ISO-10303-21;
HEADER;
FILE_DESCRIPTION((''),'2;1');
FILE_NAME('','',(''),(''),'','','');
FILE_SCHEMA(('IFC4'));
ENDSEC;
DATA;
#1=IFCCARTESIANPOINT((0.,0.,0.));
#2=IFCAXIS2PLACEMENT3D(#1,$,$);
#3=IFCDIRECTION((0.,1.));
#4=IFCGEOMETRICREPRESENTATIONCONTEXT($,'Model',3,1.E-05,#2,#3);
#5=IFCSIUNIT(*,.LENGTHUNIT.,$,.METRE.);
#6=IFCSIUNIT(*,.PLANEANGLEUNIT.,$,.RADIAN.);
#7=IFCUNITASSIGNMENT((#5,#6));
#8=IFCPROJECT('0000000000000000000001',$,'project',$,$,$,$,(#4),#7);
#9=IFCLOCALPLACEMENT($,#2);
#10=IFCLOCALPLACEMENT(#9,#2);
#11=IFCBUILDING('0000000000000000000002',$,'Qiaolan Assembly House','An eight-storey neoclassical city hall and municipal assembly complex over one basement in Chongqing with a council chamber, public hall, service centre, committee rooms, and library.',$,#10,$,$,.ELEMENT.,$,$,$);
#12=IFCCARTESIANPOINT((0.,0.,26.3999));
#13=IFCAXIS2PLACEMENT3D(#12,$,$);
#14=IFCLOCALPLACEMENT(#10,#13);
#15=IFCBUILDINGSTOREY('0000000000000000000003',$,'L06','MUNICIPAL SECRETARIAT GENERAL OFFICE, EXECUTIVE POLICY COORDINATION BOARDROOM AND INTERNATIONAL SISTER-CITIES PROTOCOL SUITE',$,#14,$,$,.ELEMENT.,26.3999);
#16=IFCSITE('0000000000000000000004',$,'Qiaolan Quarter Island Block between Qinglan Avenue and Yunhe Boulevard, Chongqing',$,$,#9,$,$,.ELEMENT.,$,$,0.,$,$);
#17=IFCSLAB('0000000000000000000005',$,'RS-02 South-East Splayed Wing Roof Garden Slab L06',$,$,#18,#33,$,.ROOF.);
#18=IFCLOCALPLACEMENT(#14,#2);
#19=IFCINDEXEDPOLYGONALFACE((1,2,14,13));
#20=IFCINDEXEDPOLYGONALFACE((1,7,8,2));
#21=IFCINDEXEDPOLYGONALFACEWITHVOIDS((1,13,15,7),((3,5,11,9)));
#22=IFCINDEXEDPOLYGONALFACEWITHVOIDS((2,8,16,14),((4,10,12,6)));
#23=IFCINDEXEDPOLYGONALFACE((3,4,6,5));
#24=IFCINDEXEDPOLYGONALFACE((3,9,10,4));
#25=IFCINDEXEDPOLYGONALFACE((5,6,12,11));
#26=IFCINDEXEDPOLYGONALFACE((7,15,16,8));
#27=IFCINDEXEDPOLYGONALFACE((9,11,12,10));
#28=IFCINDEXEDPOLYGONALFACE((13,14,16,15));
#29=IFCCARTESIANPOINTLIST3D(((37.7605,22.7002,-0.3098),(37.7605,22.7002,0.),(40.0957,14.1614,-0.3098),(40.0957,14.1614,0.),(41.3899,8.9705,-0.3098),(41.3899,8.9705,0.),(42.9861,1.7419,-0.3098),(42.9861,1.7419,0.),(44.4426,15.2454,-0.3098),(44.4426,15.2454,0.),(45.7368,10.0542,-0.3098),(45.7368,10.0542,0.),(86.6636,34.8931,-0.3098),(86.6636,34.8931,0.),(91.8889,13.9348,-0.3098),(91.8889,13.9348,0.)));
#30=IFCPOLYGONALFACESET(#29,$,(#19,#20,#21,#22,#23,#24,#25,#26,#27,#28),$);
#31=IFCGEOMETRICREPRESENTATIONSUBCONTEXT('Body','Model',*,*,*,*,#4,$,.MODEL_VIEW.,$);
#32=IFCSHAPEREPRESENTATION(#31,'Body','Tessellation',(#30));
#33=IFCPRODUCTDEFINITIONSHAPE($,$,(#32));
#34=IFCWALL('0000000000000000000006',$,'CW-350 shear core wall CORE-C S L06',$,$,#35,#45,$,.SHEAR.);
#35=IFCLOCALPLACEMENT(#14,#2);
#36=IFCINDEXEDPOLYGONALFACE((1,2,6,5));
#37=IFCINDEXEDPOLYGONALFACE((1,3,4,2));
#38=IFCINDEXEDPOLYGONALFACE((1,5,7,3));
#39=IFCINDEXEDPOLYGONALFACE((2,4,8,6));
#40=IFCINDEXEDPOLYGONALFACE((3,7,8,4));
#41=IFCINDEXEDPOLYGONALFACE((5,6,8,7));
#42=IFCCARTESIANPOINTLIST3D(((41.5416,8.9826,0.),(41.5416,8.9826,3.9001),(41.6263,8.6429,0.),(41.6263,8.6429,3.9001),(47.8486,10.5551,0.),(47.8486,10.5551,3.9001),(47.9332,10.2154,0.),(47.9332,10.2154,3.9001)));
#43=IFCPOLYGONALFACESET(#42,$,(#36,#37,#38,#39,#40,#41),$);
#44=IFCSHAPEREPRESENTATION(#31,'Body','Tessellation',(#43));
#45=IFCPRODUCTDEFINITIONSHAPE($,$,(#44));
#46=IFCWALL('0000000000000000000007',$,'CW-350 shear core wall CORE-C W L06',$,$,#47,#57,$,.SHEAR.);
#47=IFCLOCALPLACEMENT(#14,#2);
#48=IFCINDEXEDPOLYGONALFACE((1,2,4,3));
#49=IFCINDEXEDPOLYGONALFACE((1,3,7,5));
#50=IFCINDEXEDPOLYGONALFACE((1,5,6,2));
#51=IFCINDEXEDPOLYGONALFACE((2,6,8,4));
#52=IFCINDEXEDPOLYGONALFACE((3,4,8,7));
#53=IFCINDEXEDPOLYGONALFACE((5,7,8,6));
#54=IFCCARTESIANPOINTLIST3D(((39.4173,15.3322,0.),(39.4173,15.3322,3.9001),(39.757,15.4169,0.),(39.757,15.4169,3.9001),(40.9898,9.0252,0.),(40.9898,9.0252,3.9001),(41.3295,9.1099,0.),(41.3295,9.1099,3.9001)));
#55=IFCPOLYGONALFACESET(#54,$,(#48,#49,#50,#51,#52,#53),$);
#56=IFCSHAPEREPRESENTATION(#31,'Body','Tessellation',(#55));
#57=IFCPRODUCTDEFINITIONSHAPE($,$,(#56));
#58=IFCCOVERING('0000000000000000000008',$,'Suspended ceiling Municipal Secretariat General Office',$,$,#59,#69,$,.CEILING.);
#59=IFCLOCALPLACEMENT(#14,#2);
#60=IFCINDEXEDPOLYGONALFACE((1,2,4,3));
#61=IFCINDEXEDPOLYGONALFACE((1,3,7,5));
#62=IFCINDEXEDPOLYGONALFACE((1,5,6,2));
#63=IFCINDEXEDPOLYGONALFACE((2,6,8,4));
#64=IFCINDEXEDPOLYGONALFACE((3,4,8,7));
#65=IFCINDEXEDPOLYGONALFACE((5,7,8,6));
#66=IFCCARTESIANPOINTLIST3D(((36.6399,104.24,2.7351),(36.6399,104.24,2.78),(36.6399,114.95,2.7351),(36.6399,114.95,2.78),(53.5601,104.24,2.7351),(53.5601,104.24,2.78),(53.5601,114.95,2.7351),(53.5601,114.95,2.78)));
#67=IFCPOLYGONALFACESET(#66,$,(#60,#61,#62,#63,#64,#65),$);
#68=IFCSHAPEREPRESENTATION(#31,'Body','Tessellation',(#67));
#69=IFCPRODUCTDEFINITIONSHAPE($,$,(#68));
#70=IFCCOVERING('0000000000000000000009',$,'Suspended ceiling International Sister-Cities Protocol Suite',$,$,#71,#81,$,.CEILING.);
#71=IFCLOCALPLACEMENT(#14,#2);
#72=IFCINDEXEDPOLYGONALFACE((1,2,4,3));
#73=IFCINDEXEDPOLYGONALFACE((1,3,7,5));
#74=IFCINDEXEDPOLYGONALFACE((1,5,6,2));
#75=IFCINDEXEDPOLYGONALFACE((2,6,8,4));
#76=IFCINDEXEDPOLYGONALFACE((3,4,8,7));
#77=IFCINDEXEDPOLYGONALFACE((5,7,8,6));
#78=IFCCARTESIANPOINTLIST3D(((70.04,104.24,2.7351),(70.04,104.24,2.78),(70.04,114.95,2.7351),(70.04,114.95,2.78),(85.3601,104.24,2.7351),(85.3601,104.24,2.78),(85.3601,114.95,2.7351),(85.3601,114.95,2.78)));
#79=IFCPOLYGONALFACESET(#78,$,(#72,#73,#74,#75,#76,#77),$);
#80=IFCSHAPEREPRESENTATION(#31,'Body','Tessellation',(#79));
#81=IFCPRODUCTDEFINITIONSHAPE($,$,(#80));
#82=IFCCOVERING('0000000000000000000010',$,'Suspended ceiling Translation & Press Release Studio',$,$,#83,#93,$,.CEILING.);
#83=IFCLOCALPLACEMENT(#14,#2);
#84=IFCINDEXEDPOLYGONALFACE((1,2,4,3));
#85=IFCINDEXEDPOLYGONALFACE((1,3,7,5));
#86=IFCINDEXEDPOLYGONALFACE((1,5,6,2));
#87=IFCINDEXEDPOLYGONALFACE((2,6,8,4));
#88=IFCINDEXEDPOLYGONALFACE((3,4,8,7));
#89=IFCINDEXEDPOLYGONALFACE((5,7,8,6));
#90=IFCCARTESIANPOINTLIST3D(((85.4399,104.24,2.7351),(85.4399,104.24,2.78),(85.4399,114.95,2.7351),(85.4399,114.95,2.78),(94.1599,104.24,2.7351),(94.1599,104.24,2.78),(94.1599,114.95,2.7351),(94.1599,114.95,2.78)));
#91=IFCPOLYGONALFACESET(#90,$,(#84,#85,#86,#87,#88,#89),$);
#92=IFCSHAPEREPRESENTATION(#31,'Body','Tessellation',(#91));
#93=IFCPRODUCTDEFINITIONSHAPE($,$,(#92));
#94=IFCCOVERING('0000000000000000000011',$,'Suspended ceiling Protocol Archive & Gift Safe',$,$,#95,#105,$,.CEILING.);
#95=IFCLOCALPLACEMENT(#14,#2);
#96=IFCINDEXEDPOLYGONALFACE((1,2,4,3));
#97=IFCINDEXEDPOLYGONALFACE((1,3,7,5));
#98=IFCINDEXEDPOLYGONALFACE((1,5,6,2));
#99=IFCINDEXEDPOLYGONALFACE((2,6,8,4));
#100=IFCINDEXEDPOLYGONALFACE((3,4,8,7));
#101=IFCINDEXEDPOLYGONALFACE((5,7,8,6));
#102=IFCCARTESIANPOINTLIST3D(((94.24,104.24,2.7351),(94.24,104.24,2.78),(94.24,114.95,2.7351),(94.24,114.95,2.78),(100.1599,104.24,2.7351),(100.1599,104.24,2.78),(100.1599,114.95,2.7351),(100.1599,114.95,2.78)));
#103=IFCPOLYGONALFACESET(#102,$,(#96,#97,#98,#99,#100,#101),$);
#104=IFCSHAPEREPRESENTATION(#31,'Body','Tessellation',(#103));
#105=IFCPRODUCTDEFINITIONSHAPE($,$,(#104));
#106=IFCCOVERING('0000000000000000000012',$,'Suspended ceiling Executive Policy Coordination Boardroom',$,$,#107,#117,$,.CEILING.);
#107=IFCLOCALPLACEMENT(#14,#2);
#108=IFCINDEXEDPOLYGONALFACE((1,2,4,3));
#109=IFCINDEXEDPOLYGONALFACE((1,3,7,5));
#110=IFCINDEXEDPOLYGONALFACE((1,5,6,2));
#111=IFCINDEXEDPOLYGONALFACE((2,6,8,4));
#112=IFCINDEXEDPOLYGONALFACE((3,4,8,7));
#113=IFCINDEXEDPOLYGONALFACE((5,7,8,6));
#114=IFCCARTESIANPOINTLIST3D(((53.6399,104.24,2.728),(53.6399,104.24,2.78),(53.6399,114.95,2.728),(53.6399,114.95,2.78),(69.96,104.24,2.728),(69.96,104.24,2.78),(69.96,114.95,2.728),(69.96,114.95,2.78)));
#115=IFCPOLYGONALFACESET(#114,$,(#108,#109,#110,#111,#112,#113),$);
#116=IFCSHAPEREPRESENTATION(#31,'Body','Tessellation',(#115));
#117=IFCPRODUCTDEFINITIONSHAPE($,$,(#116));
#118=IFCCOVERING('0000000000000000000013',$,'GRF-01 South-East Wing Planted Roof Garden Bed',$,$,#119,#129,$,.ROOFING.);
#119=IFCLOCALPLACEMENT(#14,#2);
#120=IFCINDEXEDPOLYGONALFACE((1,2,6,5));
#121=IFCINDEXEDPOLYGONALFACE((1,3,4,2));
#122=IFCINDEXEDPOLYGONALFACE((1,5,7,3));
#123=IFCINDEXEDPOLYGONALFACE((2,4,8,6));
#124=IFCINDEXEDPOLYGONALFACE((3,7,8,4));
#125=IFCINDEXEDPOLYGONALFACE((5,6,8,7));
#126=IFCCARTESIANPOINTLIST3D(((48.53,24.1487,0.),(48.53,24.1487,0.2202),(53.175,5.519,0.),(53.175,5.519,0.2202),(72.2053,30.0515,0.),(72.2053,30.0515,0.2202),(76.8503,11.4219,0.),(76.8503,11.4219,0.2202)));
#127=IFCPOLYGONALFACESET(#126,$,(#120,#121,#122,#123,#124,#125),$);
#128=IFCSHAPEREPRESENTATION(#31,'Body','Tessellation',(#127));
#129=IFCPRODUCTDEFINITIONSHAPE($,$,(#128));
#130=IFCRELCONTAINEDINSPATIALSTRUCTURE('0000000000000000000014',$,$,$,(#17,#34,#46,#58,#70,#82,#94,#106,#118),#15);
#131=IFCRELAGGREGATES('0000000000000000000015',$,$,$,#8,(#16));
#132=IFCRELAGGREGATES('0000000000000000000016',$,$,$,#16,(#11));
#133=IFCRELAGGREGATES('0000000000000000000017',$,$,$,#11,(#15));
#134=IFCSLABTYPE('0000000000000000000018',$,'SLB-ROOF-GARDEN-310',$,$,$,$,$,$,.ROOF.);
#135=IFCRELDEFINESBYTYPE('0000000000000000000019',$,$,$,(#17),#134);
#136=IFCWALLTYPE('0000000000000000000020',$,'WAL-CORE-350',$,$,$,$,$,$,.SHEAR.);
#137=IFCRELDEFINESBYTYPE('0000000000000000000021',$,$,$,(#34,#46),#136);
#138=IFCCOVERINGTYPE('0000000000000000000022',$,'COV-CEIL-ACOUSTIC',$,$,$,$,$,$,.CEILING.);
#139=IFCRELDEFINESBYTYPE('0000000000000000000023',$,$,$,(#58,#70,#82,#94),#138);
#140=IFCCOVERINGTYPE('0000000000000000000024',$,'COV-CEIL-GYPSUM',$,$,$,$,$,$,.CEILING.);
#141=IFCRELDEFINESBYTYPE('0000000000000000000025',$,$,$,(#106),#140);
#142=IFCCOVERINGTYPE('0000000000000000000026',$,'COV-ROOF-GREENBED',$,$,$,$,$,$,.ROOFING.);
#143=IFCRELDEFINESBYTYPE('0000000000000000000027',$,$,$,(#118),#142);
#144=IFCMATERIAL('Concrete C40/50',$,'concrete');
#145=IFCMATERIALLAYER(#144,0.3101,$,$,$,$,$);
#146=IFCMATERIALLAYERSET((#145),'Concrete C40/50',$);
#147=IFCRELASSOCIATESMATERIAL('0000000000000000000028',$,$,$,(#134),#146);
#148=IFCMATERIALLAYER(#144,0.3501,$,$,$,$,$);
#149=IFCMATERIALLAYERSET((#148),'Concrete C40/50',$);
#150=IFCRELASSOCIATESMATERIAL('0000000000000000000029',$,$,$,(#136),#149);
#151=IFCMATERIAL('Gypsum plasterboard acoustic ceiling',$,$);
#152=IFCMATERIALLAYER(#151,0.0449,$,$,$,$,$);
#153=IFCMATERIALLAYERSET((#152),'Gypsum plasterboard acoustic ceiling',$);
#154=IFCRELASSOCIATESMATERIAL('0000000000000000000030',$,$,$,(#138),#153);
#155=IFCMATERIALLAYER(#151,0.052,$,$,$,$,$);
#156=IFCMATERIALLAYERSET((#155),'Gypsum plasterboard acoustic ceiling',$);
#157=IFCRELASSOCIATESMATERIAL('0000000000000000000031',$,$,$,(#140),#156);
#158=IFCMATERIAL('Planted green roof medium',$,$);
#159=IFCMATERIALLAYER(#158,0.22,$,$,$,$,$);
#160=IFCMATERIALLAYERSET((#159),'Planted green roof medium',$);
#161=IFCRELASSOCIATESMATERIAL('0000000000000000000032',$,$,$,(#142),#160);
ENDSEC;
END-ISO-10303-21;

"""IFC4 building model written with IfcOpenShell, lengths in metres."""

from ifc_helpers import new_model, si_unit, direction, frame, frame_2d, origin, place, context, subcontext, project, spatial, polyline, rectangle, outline, extrude, material, layer, layer_set, type_object, element, save


model = new_model("IFC4")

# Units and contexts
model_context = context("Model", 3, precision=1e-05, world=origin(), true_north=direction((0.0, 1.0)))
body_context = subcontext(model_context, "Body", "Model", "MODEL_VIEW")
ifc_project = project(units=[si_unit("LENGTHUNIT", "METRE"), si_unit("PLANEANGLEUNIT", "RADIAN")], contexts=[model_context])

# Site, building, storey
site_placement = place(None, origin())
site = spatial("IfcSite", under=ifc_project, at=site_placement, Name="Qiaolan Quarter Island Block between Qinglan Avenue and Yunhe Boulevard, Chongqing", CompositionType="ELEMENT", RefElevation=0.0)
building_placement = place(site_placement, origin())
building = spatial("IfcBuilding", under=site, at=building_placement, Name="Qiaolan Assembly House", Description="An eight-storey neoclassical city hall and municipal assembly complex over one basement in Chongqing with a council chamber, public hall, service centre, committee rooms, and library.", CompositionType="ELEMENT")
storey_placement = place(building_placement, frame((0.0, 0.0, 26.3999)))
storey = spatial("IfcBuildingStorey", under=building, at=storey_placement, Name="L06", Description="MUNICIPAL SECRETARIAT GENERAL OFFICE, EXECUTIVE POLICY COORDINATION BOARDROOM AND INTERNATIONAL SISTER-CITIES PROTOCOL SUITE", CompositionType="ELEMENT", Elevation=26.3999)

# Shared definitions
ifc_material_1 = material(Name="Concrete C40/50", Category="concrete")

# Slab
ifc_layer_1 = layer(ifc_material_1, 0.3101)
ifc_layer_set_1 = layer_set([ifc_layer_1], Name="Concrete C40/50")
slab_type_1 = type_object("IfcSlabType", Name="SLB-ROOF-GARDEN-310", PredefinedType="ROOF", material=ifc_layer_set_1)
slab_1_placement = place(storey_placement, frame((0.0, 0.0, -0.3098)))
element("IfcSlab", 1, at=slab_1_placement, inside=storey, type_object=slab_type_1, Name="RS-02 South-East Splayed Wing Roof Garden Slab L06", PredefinedType="ROOF", context=body_context, shape_type="SweptSolid", body=[
    extrude(outline(polyline([(42.9861, 1.7419), (91.8889, 13.9348), (86.6636, 34.8931), (37.7605, 22.7002), (42.9861, 1.7419)]), holes=[polyline([(40.0957, 14.1614), (44.4426, 15.2454), (45.7368, 10.0542), (41.3899, 8.9705), (40.0957, 14.1614)])]), origin(), (0.0, 0.0, 1.0), 0.3098),
])

# Walls
ifc_layer_2 = layer(ifc_material_1, 0.3501)
ifc_layer_set_2 = layer_set([ifc_layer_2], Name="Concrete C40/50")
wall_type = type_object("IfcWallType", Name="WAL-CORE-350", PredefinedType="SHEAR", material=ifc_layer_set_2)
for number, where, z_axis, x_axis, name in (
    (2, (41.584, 8.8127, 0.0), (0.0, 0.0, 1.0), (0.970295, 0.241926, 0.0), "CW-350 shear core wall CORE-C S L06"),
    (3, (39.5872, 15.3745, 0.0), (0.0, 0.0, 1.0), (0.241926, -0.970295, 0.0), "CW-350 shear core wall CORE-C W L06"),
):
    element("IfcWall", number, at=place(storey_placement, frame(where, z_axis=z_axis, x_axis=x_axis)), inside=storey, type_object=wall_type, Name=name, PredefinedType="SHEAR", context=body_context, shape_type="SweptSolid", body=[
        extrude(rectangle(XDim=6.5, YDim=0.3501, at=frame_2d((3.25, 0.0))), origin(), (0.0, 0.0, 1.0), 3.9001),
    ])

# Coverings
ifc_material_2 = material(Name="Gypsum plasterboard acoustic ceiling")
ifc_layer_3 = layer(ifc_material_2, 0.0449)
ifc_layer_set_3 = layer_set([ifc_layer_3], Name="Gypsum plasterboard acoustic ceiling")
covering_type_1 = type_object("IfcCoveringType", Name="COV-CEIL-ACOUSTIC", PredefinedType="CEILING", material=ifc_layer_set_3)
covering_1_placement = place(storey_placement, frame((0.0, 0.0, 2.7351)))
element("IfcCovering", 4, at=covering_1_placement, inside=storey, type_object=covering_type_1, Name="Suspended ceiling Municipal Secretariat General Office", PredefinedType="CEILING", context=body_context, shape_type="SweptSolid", body=[
    extrude(outline(polyline([(36.6399, 104.24), (53.5601, 104.24), (53.5601, 114.95), (36.6399, 114.95), (36.6399, 104.24)])), origin(), (0.0, 0.0, 1.0), 0.0449),
])
covering_2_placement = place(storey_placement, frame((0.0, 0.0, 2.7351)))
element("IfcCovering", 5, at=covering_2_placement, inside=storey, type_object=covering_type_1, Name="Suspended ceiling International Sister-Cities Protocol Suite", PredefinedType="CEILING", context=body_context, shape_type="SweptSolid", body=[
    extrude(outline(polyline([(70.04, 104.24), (85.3601, 104.24), (85.3601, 114.95), (70.04, 114.95), (70.04, 104.24)])), origin(), (0.0, 0.0, 1.0), 0.0449),
])
covering_3_placement = place(storey_placement, frame((0.0, 0.0, 2.7351)))
element("IfcCovering", 6, at=covering_3_placement, inside=storey, type_object=covering_type_1, Name="Suspended ceiling Translation & Press Release Studio", PredefinedType="CEILING", context=body_context, shape_type="SweptSolid", body=[
    extrude(outline(polyline([(85.4399, 104.24), (94.1599, 104.24), (94.1599, 114.95), (85.4399, 114.95), (85.4399, 104.24)])), origin(), (0.0, 0.0, 1.0), 0.0449),
])
covering_4_placement = place(storey_placement, frame((0.0, 0.0, 2.7351)))
element("IfcCovering", 7, at=covering_4_placement, inside=storey, type_object=covering_type_1, Name="Suspended ceiling Protocol Archive & Gift Safe", PredefinedType="CEILING", context=body_context, shape_type="SweptSolid", body=[
    extrude(outline(polyline([(94.24, 104.24), (100.1599, 104.24), (100.1599, 114.95), (94.24, 114.95), (94.24, 104.24)])), origin(), (0.0, 0.0, 1.0), 0.0449),
])
ifc_layer_4 = layer(ifc_material_2, 0.052)
ifc_layer_set_4 = layer_set([ifc_layer_4], Name="Gypsum plasterboard acoustic ceiling")
covering_type_2 = type_object("IfcCoveringType", Name="COV-CEIL-GYPSUM", PredefinedType="CEILING", material=ifc_layer_set_4)
covering_5_placement = place(storey_placement, frame((0.0, 0.0, 2.728)))
element("IfcCovering", 8, at=covering_5_placement, inside=storey, type_object=covering_type_2, Name="Suspended ceiling Executive Policy Coordination Boardroom", PredefinedType="CEILING", context=body_context, shape_type="SweptSolid", body=[
    extrude(outline(polyline([(53.6399, 104.24), (69.96, 104.24), (69.96, 114.95), (53.6399, 114.95), (53.6399, 104.24)])), origin(), (0.0, 0.0, 1.0), 0.052),
])
ifc_material_3 = material(Name="Planted green roof medium")
ifc_layer_5 = layer(ifc_material_3, 0.22)
ifc_layer_set_5 = layer_set([ifc_layer_5], Name="Planted green roof medium")
covering_type_3 = type_object("IfcCoveringType", Name="COV-ROOF-GREENBED", PredefinedType="ROOFING", material=ifc_layer_set_5)
covering_6_placement = place(storey_placement, origin())
element("IfcCovering", 9, at=covering_6_placement, inside=storey, type_object=covering_type_3, Name="GRF-01 South-East Wing Planted Roof Garden Bed", PredefinedType="ROOFING", context=body_context, shape_type="SweptSolid", body=[
    extrude(outline(polyline([(53.175, 5.519), (76.8503, 11.4219), (72.2053, 30.0515), (48.53, 24.1487), (53.175, 5.519)])), origin(), (0.0, 0.0, 1.0), 0.2202),
])

save(model, "model.ifc")
